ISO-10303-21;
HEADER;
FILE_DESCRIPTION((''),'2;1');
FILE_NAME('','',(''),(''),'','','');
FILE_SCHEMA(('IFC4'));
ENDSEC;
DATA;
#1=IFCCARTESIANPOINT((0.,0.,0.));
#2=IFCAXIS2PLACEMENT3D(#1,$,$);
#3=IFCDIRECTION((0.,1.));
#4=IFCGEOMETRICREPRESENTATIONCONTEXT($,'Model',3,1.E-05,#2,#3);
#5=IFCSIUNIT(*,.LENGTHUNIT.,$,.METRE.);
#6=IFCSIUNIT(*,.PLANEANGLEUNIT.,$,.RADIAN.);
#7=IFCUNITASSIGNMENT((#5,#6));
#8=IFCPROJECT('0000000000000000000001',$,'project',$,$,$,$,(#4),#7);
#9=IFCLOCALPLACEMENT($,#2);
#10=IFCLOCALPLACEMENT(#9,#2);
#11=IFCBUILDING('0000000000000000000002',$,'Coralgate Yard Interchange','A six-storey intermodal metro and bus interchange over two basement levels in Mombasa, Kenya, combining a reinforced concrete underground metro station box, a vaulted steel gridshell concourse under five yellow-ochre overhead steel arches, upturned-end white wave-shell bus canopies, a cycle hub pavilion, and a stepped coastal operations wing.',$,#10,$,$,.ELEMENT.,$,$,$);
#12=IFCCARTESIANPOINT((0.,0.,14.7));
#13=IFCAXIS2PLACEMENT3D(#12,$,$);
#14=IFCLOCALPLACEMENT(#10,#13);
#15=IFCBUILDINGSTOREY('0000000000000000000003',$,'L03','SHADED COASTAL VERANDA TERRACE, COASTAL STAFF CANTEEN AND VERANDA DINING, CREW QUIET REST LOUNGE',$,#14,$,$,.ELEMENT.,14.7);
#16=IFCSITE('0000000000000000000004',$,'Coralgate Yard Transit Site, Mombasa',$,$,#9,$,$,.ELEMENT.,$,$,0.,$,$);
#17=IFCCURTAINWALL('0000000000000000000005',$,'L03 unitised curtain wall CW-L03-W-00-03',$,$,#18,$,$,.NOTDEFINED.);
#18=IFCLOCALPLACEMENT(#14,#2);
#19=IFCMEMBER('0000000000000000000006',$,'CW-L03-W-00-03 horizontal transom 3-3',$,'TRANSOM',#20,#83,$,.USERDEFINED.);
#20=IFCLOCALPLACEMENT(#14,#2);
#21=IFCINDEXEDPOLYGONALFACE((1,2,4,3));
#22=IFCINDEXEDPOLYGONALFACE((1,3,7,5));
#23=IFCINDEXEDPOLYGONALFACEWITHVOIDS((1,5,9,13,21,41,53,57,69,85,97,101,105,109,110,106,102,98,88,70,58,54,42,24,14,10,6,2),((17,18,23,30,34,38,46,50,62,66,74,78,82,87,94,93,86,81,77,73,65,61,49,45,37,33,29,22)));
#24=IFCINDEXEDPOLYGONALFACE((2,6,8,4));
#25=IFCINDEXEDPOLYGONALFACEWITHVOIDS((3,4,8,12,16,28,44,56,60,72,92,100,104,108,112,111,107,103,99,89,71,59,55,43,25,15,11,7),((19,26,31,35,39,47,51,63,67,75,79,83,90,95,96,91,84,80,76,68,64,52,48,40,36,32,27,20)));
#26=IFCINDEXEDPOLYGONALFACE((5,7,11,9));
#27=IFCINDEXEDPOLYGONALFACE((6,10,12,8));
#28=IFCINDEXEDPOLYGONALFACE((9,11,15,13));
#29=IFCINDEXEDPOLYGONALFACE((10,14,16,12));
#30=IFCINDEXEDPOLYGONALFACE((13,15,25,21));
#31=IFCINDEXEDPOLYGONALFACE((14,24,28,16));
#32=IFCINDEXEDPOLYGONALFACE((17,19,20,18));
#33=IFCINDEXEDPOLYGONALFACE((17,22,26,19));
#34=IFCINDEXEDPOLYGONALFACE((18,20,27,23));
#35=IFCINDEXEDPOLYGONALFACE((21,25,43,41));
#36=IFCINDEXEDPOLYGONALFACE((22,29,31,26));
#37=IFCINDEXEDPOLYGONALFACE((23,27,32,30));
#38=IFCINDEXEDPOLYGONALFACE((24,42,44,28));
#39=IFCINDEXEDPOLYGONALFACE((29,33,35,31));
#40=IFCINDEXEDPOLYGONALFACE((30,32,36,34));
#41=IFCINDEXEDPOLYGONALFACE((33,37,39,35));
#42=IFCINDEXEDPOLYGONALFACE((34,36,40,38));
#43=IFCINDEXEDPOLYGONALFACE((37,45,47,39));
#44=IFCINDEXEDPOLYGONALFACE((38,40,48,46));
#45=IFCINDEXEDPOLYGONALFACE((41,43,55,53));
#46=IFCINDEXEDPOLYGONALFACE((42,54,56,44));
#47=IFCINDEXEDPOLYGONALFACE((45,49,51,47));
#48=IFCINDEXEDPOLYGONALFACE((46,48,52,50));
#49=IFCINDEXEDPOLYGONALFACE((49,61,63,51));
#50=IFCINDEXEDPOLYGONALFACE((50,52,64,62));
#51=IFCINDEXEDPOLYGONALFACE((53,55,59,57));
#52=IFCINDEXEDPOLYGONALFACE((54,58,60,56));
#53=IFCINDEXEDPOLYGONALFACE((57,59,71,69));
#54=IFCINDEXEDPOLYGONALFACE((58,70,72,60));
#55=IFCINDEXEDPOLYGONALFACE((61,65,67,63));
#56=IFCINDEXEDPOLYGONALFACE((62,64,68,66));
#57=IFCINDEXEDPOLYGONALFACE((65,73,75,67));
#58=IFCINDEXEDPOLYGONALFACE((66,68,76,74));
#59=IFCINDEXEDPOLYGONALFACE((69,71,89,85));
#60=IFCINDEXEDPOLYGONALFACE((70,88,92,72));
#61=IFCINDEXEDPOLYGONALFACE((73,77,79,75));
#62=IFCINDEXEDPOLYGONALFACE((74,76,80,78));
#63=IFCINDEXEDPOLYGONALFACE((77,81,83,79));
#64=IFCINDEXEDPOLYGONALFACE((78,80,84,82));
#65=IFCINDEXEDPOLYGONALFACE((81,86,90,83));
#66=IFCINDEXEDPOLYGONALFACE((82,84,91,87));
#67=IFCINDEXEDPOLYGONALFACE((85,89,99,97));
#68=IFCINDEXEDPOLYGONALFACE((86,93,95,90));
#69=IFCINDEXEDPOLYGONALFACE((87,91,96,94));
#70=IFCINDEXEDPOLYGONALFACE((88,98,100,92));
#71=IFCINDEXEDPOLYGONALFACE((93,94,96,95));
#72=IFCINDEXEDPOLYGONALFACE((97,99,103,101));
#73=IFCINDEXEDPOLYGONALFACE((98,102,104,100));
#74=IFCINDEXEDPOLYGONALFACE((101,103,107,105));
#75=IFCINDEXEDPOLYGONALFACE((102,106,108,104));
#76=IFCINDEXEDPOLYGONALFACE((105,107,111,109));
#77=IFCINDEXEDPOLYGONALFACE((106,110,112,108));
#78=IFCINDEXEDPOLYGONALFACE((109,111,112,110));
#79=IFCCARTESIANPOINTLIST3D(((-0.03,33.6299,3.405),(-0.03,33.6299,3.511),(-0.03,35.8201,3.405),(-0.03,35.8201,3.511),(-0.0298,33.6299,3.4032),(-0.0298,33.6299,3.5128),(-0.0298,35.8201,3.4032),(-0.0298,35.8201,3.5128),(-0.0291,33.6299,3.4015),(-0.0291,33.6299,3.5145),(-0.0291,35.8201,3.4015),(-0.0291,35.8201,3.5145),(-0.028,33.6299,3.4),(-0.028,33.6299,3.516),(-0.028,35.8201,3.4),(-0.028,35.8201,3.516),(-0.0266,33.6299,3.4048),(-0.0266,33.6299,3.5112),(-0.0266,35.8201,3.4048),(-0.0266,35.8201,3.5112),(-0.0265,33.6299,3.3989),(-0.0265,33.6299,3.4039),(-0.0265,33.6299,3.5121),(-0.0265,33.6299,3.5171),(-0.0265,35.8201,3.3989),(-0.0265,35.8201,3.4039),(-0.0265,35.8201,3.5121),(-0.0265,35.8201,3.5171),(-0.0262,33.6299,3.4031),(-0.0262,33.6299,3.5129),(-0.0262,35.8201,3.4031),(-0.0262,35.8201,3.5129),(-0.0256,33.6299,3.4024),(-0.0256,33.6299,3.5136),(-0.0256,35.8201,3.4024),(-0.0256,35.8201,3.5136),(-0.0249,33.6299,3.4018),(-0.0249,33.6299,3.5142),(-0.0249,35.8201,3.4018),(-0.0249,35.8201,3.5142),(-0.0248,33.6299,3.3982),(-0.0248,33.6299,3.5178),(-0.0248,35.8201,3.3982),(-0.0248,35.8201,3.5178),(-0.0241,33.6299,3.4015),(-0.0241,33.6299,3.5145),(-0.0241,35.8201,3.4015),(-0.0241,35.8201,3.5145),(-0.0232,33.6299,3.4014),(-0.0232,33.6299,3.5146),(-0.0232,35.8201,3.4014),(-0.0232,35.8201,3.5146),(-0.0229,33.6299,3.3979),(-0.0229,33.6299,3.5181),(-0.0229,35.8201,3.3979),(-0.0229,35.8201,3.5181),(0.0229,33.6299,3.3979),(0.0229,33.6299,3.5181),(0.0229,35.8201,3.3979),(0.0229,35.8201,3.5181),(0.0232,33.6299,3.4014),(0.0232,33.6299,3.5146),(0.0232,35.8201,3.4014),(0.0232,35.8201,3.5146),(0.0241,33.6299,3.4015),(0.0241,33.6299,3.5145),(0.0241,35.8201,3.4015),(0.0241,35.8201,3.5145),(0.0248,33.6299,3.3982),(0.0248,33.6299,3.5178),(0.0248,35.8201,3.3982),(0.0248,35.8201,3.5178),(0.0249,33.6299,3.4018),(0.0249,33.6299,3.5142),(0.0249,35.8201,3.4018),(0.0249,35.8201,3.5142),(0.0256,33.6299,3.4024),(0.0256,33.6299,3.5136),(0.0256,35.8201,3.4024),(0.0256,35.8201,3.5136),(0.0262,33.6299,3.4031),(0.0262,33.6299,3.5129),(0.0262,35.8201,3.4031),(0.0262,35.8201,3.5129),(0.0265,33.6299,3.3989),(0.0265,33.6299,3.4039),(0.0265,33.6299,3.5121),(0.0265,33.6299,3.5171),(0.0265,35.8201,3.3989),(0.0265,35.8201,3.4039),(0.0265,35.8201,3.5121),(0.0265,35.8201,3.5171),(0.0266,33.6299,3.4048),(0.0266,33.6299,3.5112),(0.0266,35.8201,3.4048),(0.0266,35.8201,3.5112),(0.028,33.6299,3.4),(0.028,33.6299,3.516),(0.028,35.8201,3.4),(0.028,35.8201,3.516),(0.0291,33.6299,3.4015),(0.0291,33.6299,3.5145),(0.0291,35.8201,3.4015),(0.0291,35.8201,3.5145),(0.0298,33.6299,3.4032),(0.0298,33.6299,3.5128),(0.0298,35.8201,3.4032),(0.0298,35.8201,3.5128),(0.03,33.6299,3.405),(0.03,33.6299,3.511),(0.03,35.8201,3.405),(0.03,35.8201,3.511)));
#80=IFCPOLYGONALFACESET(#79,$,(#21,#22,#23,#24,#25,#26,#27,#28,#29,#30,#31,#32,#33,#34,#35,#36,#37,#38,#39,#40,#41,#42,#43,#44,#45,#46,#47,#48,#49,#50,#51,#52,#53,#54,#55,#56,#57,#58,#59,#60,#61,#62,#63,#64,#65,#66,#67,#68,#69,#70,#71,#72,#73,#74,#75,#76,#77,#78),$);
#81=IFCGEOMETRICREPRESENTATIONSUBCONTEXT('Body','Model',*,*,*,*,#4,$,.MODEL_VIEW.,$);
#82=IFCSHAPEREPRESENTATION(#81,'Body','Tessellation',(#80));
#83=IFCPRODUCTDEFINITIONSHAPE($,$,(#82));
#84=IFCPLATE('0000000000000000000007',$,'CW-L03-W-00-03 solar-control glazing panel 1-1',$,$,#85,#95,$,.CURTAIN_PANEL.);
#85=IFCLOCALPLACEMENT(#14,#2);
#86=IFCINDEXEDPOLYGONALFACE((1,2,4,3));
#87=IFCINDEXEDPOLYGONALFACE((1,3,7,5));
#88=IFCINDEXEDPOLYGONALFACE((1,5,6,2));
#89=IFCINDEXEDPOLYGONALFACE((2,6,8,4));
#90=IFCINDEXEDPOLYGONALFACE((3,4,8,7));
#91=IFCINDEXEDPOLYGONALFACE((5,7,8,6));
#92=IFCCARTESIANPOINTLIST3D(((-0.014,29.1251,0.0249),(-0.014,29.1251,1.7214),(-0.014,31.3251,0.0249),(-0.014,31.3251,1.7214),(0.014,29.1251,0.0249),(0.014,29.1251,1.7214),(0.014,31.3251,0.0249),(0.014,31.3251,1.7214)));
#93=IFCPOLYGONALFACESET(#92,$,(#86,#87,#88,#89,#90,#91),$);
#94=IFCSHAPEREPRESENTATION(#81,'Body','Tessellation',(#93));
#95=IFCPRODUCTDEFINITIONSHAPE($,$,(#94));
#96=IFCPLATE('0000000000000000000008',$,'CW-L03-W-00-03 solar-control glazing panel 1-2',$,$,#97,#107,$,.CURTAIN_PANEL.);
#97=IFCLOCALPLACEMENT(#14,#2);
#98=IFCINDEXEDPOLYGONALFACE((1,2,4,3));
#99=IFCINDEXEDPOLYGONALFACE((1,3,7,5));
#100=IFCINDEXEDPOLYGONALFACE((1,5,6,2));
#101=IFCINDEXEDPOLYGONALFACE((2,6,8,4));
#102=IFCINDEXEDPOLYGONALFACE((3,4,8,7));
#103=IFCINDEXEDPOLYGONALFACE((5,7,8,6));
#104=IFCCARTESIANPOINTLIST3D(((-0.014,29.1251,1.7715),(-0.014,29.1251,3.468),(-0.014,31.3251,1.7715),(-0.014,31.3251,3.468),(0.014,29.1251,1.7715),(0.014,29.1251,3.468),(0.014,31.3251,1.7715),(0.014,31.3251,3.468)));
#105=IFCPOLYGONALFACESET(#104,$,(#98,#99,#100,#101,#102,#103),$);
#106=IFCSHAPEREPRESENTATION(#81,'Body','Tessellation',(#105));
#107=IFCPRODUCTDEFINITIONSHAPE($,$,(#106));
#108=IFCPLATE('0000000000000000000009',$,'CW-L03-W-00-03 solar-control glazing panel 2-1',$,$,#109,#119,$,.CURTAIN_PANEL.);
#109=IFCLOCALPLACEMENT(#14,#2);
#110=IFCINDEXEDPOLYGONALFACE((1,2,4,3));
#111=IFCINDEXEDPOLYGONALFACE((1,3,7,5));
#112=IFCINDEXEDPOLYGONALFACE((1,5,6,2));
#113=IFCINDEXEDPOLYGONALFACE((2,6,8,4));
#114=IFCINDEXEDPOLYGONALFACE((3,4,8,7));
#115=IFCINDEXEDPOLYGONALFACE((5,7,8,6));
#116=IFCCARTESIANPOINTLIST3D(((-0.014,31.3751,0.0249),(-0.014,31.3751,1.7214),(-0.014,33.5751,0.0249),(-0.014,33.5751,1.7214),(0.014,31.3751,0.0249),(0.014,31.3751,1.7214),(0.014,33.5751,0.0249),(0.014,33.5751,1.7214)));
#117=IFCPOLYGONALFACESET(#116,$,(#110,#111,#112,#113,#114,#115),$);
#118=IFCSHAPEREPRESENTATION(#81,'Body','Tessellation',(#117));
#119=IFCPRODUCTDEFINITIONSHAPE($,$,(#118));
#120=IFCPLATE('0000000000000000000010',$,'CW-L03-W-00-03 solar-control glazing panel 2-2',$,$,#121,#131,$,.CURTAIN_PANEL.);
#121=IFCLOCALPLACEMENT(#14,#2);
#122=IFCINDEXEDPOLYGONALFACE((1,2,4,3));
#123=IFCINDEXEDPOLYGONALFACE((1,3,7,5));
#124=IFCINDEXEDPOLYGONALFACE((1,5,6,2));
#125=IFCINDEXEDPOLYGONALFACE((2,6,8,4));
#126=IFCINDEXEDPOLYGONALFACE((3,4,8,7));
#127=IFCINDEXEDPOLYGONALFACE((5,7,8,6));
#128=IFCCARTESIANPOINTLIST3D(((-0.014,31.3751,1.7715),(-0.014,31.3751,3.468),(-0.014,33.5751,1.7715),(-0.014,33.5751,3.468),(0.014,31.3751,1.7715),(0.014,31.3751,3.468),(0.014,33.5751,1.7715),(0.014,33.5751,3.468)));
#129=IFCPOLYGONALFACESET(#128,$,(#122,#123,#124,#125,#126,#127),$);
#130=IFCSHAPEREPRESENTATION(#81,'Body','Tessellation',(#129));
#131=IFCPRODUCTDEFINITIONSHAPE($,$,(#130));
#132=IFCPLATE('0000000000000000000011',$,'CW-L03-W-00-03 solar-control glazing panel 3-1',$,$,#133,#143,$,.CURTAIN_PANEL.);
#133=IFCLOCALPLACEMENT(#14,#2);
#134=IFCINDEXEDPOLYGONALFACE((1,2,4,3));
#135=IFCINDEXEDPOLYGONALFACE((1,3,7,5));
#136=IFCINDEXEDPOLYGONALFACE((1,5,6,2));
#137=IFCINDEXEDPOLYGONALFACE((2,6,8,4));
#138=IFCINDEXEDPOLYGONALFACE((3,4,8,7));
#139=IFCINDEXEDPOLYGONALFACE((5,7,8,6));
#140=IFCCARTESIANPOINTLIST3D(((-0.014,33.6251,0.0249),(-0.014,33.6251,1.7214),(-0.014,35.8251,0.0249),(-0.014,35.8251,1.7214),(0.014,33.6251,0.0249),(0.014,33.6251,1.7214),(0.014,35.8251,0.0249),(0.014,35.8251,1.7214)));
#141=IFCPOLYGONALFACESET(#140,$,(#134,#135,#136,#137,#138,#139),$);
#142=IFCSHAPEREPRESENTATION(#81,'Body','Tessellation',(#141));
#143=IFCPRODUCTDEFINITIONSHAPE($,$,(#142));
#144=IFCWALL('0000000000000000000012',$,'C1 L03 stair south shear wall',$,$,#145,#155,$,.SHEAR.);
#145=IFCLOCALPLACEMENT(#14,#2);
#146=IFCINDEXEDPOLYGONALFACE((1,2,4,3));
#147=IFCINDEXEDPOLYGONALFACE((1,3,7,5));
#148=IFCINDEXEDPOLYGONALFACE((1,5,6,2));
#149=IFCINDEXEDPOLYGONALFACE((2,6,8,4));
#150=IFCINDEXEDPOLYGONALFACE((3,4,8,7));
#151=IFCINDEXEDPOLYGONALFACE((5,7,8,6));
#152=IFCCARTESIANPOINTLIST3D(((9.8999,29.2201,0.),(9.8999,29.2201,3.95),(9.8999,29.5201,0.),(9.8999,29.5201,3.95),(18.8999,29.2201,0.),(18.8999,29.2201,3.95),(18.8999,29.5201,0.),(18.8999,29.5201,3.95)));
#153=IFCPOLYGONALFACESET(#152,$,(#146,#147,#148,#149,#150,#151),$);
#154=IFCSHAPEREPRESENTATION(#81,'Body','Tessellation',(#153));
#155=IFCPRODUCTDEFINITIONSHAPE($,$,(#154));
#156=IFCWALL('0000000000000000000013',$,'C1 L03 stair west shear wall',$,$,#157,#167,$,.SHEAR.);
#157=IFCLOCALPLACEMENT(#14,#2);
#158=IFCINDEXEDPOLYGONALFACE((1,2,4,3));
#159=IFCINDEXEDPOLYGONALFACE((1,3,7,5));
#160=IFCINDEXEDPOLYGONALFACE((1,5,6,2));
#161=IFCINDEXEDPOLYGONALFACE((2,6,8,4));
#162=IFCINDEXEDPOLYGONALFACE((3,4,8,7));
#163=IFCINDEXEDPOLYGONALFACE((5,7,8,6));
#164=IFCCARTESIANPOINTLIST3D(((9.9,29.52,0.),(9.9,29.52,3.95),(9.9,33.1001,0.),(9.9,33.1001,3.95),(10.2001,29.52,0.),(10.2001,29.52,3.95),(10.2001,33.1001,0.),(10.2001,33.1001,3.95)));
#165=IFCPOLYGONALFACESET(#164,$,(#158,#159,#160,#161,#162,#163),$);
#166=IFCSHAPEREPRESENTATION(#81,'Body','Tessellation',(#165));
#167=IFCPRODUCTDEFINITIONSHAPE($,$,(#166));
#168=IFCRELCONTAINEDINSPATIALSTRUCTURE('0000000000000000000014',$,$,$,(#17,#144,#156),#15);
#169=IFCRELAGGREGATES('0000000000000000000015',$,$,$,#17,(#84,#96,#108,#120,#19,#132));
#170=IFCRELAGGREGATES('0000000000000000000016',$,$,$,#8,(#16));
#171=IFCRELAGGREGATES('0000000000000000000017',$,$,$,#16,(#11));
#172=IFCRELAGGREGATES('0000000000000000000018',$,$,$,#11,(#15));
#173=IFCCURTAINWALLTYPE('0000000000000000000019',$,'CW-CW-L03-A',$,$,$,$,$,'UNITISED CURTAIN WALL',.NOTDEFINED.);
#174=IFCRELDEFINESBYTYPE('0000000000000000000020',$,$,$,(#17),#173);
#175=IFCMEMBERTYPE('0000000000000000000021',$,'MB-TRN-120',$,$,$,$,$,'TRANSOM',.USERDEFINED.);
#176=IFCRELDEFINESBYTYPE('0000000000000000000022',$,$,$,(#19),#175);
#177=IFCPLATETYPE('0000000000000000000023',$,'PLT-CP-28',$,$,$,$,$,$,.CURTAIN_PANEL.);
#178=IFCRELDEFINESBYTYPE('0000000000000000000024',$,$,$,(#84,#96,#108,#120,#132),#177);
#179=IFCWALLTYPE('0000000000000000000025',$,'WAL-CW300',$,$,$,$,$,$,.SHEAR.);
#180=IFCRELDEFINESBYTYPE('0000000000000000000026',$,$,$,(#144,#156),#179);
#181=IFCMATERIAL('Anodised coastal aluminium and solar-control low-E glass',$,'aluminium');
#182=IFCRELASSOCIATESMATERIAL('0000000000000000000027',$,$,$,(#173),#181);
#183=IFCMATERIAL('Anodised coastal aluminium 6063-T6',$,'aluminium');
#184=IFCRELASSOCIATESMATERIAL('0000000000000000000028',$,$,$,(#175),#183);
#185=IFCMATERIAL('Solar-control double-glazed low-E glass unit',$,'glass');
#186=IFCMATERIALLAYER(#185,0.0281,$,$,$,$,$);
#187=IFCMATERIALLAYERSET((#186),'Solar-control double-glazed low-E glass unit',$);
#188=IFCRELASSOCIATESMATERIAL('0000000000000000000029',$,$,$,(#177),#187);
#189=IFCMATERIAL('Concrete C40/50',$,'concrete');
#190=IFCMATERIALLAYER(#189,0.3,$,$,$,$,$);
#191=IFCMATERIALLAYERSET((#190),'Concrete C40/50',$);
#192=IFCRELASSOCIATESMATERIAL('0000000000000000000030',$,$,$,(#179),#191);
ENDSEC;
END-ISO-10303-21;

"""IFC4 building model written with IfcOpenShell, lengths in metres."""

from ifc_helpers import new_model, si_unit, direction, frame, frame_2d, origin, origin_2d, place, context, subcontext, project, spatial, rectangle, hollow_rectangle, extrude, material, layer, layer_set, material_profile, profile_set, type_object, element, aggregate, save


model = new_model("IFC4")

# Units and contexts
model_context = context("Model", 3, precision=1e-05, world=origin(), true_north=direction((0.0, 1.0)))
body_context = subcontext(model_context, "Body", "Model", "MODEL_VIEW")
ifc_project = project(units=[si_unit("LENGTHUNIT", "METRE"), si_unit("PLANEANGLEUNIT", "RADIAN")], contexts=[model_context])

# Site, building, storey
site_placement = place(None, origin())
site = spatial("IfcSite", under=ifc_project, at=site_placement, Name="Coralgate Yard Transit Site, Mombasa", CompositionType="ELEMENT", RefElevation=0.0)
building_placement = place(site_placement, origin())
building = spatial("IfcBuilding", under=site, at=building_placement, Name="Coralgate Yard Interchange", Description="A six-storey intermodal metro and bus interchange over two basement levels in Mombasa, Kenya, combining a reinforced concrete underground metro station box, a vaulted steel gridshell concourse under five yellow-ochre overhead steel arches, upturned-end white wave-shell bus canopies, a cycle hub pavilion, and a stepped coastal operations wing.", CompositionType="ELEMENT")
storey_placement = place(building_placement, frame((0.0, 0.0, 14.7)))
storey = spatial("IfcBuildingStorey", under=building, at=storey_placement, Name="L03", Description="SHADED COASTAL VERANDA TERRACE, COASTAL STAFF CANTEEN AND VERANDA DINING, CREW QUIET REST LOUNGE", CompositionType="ELEMENT", Elevation=14.7)

# Curtain wall, member, plates
ifc_material_1 = material(Name="Anodised coastal aluminium and solar-control low-E glass", Category="aluminium")
curtain_wall_type = type_object("IfcCurtainWallType", Name="CW-CW-L03-A", ElementType="UNITISED CURTAIN WALL", PredefinedType="NOTDEFINED", material=ifc_material_1)
curtain_wall_placement = place(storey_placement, origin())
curtain_wall = element("IfcCurtainWall", 1, at=curtain_wall_placement, inside=storey, type_object=curtain_wall_type, Name="L03 unitised curtain wall CW-L03-W-00-03", PredefinedType="NOTDEFINED")
ifc_material_2 = material(Name="Anodised coastal aluminium 6063-T6", Category="aluminium")
ifc_material_profile_1 = material_profile(ifc_material_2, hollow_rectangle(XDim=0.0601, YDim=0.1201, WallThickness=0.0034, InnerFilletRadius=0.0034, OuterFilletRadius=0.0071, at=origin_2d()), Name="ALU 60x120x3.5")
ifc_profile_set_1 = profile_set([ifc_material_profile_1], Name="Anodised coastal aluminium 6063-T6")
member_type_1 = type_object("IfcMemberType", Name="MB-TRN-120", ElementType="TRANSOM", PredefinedType="USERDEFINED", material=ifc_profile_set_1)
member_1_placement = place(storey_placement, frame((0.0, 33.6299, 3.458), z_axis=(0.0, 1.0, 0.0), x_axis=(-1.0, 0.0, 0.0)))
member_1 = element("IfcMember", 2, at=member_1_placement, type_object=member_type_1, Name="CW-L03-W-00-03 horizontal transom 3-3", ObjectType="TRANSOM", PredefinedType="USERDEFINED", context=body_context, shape_type="SweptSolid", body=[
    extrude(hollow_rectangle(XDim=0.0601, YDim=0.1201, WallThickness=0.0034, InnerFilletRadius=0.0034, OuterFilletRadius=0.0071, at=origin_2d()), origin(), (0.0, 0.0, 1.0), 2.1902),
])
ifc_material_3 = material(Name="Solar-control double-glazed low-E glass unit", Category="glass")
ifc_layer_1 = layer(ifc_material_3, 0.0281)
ifc_layer_set_1 = layer_set([ifc_layer_1], Name="Solar-control double-glazed low-E glass unit")
plate_type = type_object("IfcPlateType", Name="PLT-CP-28", PredefinedType="CURTAIN_PANEL", material=ifc_layer_set_1)
plate_1_placement = place(storey_placement, frame((0.0, 30.2251, 0.0249), z_axis=(0.0, 0.0, 1.0), x_axis=(0.0, 1.0, 0.0)))
plate_1 = element("IfcPlate", 3, at=plate_1_placement, type_object=plate_type, Name="CW-L03-W-00-03 solar-control glazing panel 1-1", PredefinedType="CURTAIN_PANEL", context=body_context, shape_type="SweptSolid", body=[
    extrude(rectangle(XDim=2.2, YDim=0.0281, at=origin_2d()), origin(), (0.0, 0.0, 1.0), 1.6965),
])
plate_2_placement = place(storey_placement, frame((0.0, 30.2251, 1.7715), z_axis=(0.0, 0.0, 1.0), x_axis=(0.0, 1.0, 0.0)))
plate_2 = element("IfcPlate", 4, at=plate_2_placement, type_object=plate_type, Name="CW-L03-W-00-03 solar-control glazing panel 1-2", PredefinedType="CURTAIN_PANEL", context=body_context, shape_type="SweptSolid", body=[
    extrude(rectangle(XDim=2.2, YDim=0.0281, at=origin_2d()), origin(), (0.0, 0.0, 1.0), 1.6965),
])
plate_3_placement = place(storey_placement, frame((0.0, 32.4751, 0.0249), z_axis=(0.0, 0.0, 1.0), x_axis=(0.0, 1.0, 0.0)))
plate_3 = element("IfcPlate", 5, at=plate_3_placement, type_object=plate_type, Name="CW-L03-W-00-03 solar-control glazing panel 2-1", PredefinedType="CURTAIN_PANEL", context=body_context, shape_type="SweptSolid", body=[
    extrude(rectangle(XDim=2.2, YDim=0.0281, at=origin_2d()), origin(), (0.0, 0.0, 1.0), 1.6965),
])
plate_4_placement = place(storey_placement, frame((0.0, 32.4751, 1.7715), z_axis=(0.0, 0.0, 1.0), x_axis=(0.0, 1.0, 0.0)))
plate_4 = element("IfcPlate", 6, at=plate_4_placement, type_object=plate_type, Name="CW-L03-W-00-03 solar-control glazing panel 2-2", PredefinedType="CURTAIN_PANEL", context=body_context, shape_type="SweptSolid", body=[
    extrude(rectangle(XDim=2.2, YDim=0.0281, at=origin_2d()), origin(), (0.0, 0.0, 1.0), 1.6965),
])
plate_5_placement = place(storey_placement, frame((0.0, 34.7251, 0.0249), z_axis=(0.0, 0.0, 1.0), x_axis=(0.0, 1.0, 0.0)))
plate_5 = element("IfcPlate", 7, at=plate_5_placement, type_object=plate_type, Name="CW-L03-W-00-03 solar-control glazing panel 3-1", PredefinedType="CURTAIN_PANEL", context=body_context, shape_type="SweptSolid", body=[
    extrude(rectangle(XDim=2.2, YDim=0.0281, at=origin_2d()), origin(), (0.0, 0.0, 1.0), 1.6965),
])
aggregate(curtain_wall, [plate_1, plate_2, plate_3, plate_4, member_1, plate_5])

# Walls
ifc_material_4 = material(Name="Concrete C40/50", Category="concrete")
ifc_layer_2 = layer(ifc_material_4, 0.3)
ifc_layer_set_2 = layer_set([ifc_layer_2], Name="Concrete C40/50")
wall_type_1 = type_object("IfcWallType", Name="WAL-CW300", PredefinedType="SHEAR", material=ifc_layer_set_2)
wall_1_placement = place(storey_placement, frame((9.8999, 29.3701, 0.0), z_axis=(0.0, 0.0, 1.0), x_axis=(1.0, 0.0, 0.0)))
element("IfcWall", 8, at=wall_1_placement, inside=storey, type_object=wall_type_1, Name="C1 L03 stair south shear wall", PredefinedType="SHEAR", context=body_context, shape_type="SweptSolid", body=[
    extrude(rectangle(XDim=9.0, YDim=0.3, at=frame_2d((4.5, 0.0))), origin(), (0.0, 0.0, 1.0), 3.95),
])
wall_2_placement = place(storey_placement, frame((10.05, 29.52, 0.0), z_axis=(0.0, 0.0, 1.0), x_axis=(0.0, 1.0, 0.0)))
element("IfcWall", 9, at=wall_2_placement, inside=storey, type_object=wall_type_1, Name="C1 L03 stair west shear wall", PredefinedType="SHEAR", context=body_context, shape_type="SweptSolid", body=[
    extrude(rectangle(XDim=3.5801, YDim=0.3, at=frame_2d((1.79, 0.0))), origin(), (0.0, 0.0, 1.0), 3.95),
])

save(model, "model.ifc")
